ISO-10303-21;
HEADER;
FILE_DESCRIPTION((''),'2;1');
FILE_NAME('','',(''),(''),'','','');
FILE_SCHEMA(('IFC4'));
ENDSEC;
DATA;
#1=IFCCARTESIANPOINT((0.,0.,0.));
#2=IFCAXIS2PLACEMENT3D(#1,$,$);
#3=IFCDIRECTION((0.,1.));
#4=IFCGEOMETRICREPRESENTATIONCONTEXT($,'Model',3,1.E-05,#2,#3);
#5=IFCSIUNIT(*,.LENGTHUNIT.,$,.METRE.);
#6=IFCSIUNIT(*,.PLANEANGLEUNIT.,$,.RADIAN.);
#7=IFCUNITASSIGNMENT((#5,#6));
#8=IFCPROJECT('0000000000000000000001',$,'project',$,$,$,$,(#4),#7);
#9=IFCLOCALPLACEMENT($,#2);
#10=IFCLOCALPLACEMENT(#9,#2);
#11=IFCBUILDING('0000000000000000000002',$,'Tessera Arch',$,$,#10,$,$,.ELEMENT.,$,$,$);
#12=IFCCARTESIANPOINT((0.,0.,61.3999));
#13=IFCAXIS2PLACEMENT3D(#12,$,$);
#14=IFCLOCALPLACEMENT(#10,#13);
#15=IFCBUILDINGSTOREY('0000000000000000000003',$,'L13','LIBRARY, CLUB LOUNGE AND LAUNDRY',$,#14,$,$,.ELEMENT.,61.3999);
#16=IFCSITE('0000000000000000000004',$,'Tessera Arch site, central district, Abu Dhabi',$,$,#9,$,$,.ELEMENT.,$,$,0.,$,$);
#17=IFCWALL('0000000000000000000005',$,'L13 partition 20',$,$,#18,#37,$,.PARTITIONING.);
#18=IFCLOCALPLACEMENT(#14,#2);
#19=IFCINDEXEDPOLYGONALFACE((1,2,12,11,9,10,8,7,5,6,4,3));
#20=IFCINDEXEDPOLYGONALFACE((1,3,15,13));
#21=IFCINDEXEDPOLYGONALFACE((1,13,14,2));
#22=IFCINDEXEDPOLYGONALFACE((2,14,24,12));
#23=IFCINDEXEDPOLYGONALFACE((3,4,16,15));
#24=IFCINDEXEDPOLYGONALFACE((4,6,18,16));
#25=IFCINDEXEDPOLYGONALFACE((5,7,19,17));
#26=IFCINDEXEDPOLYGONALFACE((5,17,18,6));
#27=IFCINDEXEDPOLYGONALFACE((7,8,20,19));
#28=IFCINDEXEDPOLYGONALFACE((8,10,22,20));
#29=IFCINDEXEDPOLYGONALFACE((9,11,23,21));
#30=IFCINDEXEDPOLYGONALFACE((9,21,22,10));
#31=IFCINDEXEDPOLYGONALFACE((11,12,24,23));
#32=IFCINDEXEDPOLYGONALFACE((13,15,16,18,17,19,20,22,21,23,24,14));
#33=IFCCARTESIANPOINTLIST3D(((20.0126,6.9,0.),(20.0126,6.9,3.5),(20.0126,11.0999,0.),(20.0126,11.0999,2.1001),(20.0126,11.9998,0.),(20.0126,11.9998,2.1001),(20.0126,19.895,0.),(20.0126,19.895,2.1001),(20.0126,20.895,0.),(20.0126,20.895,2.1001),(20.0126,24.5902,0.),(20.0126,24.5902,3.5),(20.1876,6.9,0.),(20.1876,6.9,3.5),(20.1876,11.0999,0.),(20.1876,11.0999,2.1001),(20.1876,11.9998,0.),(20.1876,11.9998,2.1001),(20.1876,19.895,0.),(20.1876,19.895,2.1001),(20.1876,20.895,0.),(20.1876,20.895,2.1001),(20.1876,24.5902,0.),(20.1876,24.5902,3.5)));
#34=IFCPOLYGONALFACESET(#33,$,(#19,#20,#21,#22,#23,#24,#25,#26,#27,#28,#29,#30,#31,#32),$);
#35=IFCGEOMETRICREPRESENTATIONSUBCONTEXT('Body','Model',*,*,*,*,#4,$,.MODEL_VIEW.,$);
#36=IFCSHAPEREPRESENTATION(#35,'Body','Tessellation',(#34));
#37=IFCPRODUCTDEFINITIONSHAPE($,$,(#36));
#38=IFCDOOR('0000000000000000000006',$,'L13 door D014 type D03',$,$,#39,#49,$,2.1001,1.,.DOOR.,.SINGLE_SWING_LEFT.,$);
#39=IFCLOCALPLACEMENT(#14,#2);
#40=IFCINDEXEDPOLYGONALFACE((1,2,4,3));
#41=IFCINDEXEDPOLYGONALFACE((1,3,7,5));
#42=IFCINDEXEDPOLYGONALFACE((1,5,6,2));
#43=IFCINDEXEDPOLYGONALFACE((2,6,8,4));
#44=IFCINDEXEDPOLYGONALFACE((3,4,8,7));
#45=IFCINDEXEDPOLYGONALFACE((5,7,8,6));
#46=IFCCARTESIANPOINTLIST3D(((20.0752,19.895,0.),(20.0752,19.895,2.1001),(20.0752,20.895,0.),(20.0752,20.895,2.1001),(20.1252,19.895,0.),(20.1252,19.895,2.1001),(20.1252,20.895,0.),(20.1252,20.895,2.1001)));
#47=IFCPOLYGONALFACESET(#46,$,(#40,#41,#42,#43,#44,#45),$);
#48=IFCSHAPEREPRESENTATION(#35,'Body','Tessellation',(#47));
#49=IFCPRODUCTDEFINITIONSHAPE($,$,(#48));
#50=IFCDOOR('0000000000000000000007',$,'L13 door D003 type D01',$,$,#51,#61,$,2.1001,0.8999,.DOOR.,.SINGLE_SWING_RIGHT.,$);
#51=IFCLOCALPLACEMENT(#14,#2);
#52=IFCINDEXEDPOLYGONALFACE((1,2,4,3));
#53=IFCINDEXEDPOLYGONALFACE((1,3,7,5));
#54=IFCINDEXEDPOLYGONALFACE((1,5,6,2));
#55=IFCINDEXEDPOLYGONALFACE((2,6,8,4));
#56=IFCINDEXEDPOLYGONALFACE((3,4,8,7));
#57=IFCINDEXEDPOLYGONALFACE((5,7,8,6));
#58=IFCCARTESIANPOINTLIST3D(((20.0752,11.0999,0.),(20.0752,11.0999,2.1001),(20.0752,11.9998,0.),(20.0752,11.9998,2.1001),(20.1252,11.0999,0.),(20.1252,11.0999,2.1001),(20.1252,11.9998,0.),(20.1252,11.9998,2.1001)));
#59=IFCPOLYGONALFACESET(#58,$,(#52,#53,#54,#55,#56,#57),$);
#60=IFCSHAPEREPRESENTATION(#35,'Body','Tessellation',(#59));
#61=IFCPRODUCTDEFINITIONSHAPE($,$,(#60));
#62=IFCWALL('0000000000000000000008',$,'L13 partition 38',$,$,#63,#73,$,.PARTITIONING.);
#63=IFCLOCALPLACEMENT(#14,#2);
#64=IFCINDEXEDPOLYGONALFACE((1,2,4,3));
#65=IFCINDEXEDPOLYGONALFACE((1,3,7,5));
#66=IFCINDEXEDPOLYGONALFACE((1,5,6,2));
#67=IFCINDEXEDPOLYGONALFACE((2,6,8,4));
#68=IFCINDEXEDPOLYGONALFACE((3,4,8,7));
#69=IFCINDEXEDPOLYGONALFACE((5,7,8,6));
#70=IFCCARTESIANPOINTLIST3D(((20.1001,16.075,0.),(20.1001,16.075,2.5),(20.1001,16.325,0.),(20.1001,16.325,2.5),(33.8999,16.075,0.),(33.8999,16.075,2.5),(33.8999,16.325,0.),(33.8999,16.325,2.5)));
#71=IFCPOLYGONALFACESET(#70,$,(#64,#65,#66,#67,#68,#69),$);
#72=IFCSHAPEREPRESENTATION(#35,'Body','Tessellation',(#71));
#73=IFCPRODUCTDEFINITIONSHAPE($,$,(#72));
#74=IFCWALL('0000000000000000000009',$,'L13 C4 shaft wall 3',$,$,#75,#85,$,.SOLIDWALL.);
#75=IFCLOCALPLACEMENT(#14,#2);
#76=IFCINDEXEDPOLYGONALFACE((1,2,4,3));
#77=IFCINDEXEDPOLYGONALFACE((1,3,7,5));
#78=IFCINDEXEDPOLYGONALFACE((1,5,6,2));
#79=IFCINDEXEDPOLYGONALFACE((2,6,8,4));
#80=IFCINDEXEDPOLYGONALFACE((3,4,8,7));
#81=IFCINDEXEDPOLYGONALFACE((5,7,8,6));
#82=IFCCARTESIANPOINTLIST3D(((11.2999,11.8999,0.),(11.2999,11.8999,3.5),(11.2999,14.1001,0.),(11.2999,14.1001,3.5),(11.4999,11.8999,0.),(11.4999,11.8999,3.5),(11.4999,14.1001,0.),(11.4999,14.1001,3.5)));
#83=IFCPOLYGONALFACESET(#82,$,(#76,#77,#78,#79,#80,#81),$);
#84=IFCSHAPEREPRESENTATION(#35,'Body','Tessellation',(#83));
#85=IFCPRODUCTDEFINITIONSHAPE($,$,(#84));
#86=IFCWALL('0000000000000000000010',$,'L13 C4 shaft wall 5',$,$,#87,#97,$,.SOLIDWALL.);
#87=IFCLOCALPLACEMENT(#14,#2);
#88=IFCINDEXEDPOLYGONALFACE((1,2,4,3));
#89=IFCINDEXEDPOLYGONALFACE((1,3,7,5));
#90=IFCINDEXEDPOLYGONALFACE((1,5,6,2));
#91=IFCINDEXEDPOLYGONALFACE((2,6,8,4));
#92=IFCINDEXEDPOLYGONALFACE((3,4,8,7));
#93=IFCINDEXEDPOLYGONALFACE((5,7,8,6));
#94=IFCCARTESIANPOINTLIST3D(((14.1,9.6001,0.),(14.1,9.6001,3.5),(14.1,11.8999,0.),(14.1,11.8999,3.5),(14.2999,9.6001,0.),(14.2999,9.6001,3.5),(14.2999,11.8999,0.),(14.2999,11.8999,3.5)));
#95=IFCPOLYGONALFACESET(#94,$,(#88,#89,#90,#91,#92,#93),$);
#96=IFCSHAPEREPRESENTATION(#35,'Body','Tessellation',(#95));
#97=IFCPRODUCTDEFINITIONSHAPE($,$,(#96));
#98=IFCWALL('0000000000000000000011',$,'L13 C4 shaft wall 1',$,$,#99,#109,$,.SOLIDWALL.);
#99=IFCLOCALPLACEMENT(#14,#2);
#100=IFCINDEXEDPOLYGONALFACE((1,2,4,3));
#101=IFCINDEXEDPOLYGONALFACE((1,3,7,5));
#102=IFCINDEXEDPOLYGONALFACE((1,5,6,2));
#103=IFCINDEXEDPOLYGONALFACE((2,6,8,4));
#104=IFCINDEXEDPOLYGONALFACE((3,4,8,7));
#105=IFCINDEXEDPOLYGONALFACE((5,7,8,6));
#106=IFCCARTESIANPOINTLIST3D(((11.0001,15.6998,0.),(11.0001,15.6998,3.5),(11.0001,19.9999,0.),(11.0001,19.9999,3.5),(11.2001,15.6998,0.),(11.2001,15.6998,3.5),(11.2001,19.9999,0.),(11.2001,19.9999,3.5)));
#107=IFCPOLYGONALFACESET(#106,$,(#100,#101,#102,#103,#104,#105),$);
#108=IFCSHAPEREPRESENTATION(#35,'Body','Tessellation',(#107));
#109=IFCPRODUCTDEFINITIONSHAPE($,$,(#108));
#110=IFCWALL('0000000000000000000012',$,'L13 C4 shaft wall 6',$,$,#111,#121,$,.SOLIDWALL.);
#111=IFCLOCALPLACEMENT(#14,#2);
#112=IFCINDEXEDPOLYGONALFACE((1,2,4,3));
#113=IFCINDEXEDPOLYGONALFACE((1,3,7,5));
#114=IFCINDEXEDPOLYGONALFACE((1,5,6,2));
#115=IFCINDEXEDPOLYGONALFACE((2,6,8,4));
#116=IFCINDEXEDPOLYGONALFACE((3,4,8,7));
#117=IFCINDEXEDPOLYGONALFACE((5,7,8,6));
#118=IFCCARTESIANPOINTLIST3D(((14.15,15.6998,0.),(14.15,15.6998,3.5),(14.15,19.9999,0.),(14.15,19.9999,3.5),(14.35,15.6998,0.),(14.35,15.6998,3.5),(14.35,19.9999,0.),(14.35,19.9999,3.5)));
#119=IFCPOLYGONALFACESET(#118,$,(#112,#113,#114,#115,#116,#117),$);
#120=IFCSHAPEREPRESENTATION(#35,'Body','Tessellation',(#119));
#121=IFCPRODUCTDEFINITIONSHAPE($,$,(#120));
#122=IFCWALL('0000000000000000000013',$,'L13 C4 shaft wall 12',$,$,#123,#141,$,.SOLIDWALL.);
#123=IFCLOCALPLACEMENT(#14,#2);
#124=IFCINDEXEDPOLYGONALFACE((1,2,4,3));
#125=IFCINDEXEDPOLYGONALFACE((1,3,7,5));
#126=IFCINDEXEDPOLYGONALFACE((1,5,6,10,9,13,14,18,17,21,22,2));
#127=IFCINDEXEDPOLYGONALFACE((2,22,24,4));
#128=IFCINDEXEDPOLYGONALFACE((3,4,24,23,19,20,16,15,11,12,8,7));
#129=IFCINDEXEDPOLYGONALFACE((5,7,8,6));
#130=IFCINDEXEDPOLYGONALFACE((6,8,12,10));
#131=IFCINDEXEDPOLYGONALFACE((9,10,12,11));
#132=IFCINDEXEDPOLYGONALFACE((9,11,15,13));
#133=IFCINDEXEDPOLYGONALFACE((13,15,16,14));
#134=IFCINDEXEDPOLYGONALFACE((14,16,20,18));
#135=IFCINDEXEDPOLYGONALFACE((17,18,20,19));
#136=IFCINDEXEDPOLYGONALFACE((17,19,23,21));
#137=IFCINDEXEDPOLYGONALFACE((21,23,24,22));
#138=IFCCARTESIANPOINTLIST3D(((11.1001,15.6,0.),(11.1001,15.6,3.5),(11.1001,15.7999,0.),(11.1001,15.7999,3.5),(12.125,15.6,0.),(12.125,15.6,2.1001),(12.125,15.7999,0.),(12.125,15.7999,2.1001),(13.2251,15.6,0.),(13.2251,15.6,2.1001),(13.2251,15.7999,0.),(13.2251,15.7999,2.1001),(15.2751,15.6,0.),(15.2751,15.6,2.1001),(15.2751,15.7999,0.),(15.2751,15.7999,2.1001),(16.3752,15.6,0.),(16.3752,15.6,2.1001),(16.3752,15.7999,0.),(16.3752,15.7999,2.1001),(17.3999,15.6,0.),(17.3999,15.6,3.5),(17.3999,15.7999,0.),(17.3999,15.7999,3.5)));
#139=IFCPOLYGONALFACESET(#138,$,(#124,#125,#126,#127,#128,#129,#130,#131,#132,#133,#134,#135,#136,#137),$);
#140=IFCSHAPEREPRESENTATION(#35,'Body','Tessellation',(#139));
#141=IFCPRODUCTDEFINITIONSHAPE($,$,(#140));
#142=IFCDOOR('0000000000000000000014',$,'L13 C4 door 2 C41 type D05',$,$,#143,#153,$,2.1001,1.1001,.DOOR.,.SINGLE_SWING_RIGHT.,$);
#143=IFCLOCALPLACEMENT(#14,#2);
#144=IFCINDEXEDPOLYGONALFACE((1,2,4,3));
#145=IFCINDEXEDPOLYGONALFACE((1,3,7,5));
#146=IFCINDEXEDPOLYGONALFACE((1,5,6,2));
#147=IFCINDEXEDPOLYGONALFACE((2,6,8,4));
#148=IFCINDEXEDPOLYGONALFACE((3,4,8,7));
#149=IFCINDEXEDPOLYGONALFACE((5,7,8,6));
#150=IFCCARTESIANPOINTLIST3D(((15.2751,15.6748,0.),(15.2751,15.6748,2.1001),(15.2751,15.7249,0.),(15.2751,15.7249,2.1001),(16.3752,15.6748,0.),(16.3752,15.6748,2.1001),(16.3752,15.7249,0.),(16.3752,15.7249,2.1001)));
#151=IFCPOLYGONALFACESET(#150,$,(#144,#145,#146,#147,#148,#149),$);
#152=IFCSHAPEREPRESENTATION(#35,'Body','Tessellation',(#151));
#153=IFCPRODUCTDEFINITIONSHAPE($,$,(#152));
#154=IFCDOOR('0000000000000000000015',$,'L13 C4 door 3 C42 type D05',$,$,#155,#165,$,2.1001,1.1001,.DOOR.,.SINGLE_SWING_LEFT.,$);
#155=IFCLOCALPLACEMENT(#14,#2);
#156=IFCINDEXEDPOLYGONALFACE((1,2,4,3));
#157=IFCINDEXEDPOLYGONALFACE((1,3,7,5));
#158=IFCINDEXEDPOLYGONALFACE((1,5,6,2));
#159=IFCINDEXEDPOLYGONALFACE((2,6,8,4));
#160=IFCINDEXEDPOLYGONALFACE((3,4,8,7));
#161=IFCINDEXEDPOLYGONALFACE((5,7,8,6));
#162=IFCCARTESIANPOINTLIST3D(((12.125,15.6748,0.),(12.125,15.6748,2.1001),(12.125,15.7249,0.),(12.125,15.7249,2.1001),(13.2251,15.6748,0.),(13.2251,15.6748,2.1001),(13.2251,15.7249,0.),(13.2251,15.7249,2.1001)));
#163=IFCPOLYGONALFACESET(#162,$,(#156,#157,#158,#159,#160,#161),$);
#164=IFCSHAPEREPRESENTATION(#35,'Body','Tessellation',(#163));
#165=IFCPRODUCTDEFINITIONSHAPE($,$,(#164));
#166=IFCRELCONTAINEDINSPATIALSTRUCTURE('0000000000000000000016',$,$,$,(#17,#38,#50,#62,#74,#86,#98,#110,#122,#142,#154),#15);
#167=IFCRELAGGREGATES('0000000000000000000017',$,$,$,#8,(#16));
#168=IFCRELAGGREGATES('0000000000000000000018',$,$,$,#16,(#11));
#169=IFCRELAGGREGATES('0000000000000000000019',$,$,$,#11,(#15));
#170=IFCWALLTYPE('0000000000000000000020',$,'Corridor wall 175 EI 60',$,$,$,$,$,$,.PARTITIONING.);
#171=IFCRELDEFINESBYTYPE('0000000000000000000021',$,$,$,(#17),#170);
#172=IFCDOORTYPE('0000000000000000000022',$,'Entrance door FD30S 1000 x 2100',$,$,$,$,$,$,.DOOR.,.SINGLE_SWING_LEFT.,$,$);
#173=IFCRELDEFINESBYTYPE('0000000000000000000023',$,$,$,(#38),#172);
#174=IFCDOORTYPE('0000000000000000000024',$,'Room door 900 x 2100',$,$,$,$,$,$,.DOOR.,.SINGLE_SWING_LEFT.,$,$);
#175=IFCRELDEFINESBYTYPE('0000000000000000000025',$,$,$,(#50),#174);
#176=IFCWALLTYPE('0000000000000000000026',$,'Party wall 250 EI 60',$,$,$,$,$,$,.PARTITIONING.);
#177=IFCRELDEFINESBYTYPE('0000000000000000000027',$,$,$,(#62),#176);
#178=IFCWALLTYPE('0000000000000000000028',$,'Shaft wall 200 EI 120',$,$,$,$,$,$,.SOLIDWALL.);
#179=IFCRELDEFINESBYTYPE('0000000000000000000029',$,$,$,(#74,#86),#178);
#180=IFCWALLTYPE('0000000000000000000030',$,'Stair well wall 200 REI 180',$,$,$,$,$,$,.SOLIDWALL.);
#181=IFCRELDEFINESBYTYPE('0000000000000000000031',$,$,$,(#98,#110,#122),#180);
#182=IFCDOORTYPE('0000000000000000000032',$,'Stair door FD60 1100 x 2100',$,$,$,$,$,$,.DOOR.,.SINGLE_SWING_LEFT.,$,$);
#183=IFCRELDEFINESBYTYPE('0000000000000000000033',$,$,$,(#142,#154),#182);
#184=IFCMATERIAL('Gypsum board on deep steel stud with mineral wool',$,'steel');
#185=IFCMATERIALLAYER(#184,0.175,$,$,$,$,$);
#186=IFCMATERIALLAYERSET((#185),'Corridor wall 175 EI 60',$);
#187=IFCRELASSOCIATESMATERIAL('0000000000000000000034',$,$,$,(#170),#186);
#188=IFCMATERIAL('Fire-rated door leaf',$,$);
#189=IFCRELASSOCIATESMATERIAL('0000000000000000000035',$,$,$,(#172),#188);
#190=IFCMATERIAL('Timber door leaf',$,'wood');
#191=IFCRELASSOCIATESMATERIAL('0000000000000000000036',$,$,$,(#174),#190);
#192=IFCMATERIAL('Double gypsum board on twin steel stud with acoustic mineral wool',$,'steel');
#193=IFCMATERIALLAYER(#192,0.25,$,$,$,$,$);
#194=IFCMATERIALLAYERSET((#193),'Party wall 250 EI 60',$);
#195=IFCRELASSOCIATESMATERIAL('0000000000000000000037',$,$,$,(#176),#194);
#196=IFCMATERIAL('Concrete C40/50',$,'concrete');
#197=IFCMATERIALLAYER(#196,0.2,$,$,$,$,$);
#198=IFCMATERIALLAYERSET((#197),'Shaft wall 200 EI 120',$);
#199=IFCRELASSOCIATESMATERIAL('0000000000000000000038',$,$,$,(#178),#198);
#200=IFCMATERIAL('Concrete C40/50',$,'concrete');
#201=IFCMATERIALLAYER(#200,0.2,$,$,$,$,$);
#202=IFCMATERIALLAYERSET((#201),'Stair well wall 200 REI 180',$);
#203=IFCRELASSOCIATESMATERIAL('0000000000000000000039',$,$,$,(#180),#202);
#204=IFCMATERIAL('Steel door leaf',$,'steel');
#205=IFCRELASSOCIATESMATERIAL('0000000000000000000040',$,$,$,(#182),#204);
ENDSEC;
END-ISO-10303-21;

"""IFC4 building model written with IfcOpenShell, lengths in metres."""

from ifc_helpers import new_model, si_unit, direction, frame, frame_2d, origin, place, context, subcontext, project, spatial, rectangle, extrude, material, layer, layer_set, type_object, element, fill, save


model = new_model("IFC4")

# Units and contexts
model_context = context("Model", 3, precision=1e-05, world=origin(), true_north=direction((0.0, 1.0)))
body_context = subcontext(model_context, "Body", "Model", "MODEL_VIEW")
ifc_project = project(units=[si_unit("LENGTHUNIT", "METRE"), si_unit("PLANEANGLEUNIT", "RADIAN")], contexts=[model_context])

# Site, building, storey
site_placement = place(None, origin())
site = spatial("IfcSite", under=ifc_project, at=site_placement, Name="Tessera Arch site, central district, Abu Dhabi", CompositionType="ELEMENT", RefElevation=0.0)
building_placement = place(site_placement, origin())
building = spatial("IfcBuilding", under=site, at=building_placement, Name="Tessera Arch", CompositionType="ELEMENT")
storey_placement = place(building_placement, frame((0.0, 0.0, 61.3999)))
storey = spatial("IfcBuildingStorey", under=building, at=storey_placement, Name="L13", Description="LIBRARY, CLUB LOUNGE AND LAUNDRY", CompositionType="ELEMENT", Elevation=61.3999)

# Wall, openings, doors
ifc_material_1 = material(Name="Gypsum board on deep steel stud with mineral wool", Category="steel")
ifc_layer_1 = layer(ifc_material_1, 0.175)
ifc_layer_set_1 = layer_set([ifc_layer_1], Name="Corridor wall 175 EI 60")
wall_type_1 = type_object("IfcWallType", Name="Corridor wall 175 EI 60", PredefinedType="PARTITIONING", material=ifc_layer_set_1)
wall_1_placement = place(storey_placement, frame((20.1001, 6.8999, 0.0), z_axis=(0.0, 0.0, 1.0), x_axis=(0.0, 1.0, 0.0)))
wall_1 = element("IfcWall", 1, at=wall_1_placement, inside=storey, type_object=wall_type_1, Name="L13 partition 20", PredefinedType="PARTITIONING", context=body_context, shape_type="SweptSolid", body=[
    extrude(rectangle(XDim=17.6902, YDim=0.175, at=frame_2d((8.8452, 0.0))), origin(), (0.0, 0.0, 1.0), 3.5),
])
opening_1_placement = place(wall_1_placement, frame((4.2, 0.0, 0.0)))
opening_1 = element("IfcOpeningElement", 2, at=opening_1_placement, cuts=wall_1, PredefinedType="OPENING", context=body_context, shape_type="SweptSolid", body=[
    extrude(rectangle(XDim=0.8999, YDim=2.1001, at=frame_2d((0.45, 1.05))), frame((0.0, 0.0974, 0.0), z_axis=(0.0, -1.0, 0.0), x_axis=(1.0, 0.0, 0.0)), (0.0, 0.0, 1.0), 0.1951),
])
opening_2_placement = place(wall_1_placement, frame((12.9951, 0.0, 0.0)))
opening_2 = element("IfcOpeningElement", 3, at=opening_2_placement, cuts=wall_1, PredefinedType="OPENING", context=body_context, shape_type="SweptSolid", body=[
    extrude(rectangle(XDim=1.0, YDim=2.1001, at=frame_2d((0.5, 1.05))), frame((0.0, 0.0974, 0.0), z_axis=(0.0, -1.0, 0.0), x_axis=(1.0, 0.0, 0.0)), (0.0, 0.0, 1.0), 0.1951),
])
ifc_material_2 = material(Name="Fire-rated door leaf")
door_type_1 = type_object("IfcDoorType", Name="Entrance door FD30S 1000 x 2100", OperationType="SINGLE_SWING_LEFT", PredefinedType="DOOR", material=ifc_material_2)
door_1_placement = place(opening_2_placement, origin())
door_1 = element("IfcDoor", 4, at=door_1_placement, inside=storey, type_object=door_type_1, Name="L13 door D014 type D03", OperationType="SINGLE_SWING_LEFT", OverallHeight=2.1001, OverallWidth=1.0, PredefinedType="DOOR", context=body_context, shape_type="SweptSolid", body=[
    extrude(rectangle(XDim=1.0, YDim=2.1001, at=frame_2d((0.5, 1.05))), frame((0.0, 0.0249, 0.0), z_axis=(0.0, -1.0, 0.0), x_axis=(1.0, 0.0, 0.0)), (0.0, 0.0, 1.0), 0.05),
])
fill(opening_2, door_1)
ifc_material_3 = material(Name="Timber door leaf", Category="wood")
door_type_2 = type_object("IfcDoorType", Name="Room door 900 x 2100", OperationType="SINGLE_SWING_LEFT", PredefinedType="DOOR", material=ifc_material_3)
door_2_placement = place(opening_1_placement, origin())
door_2 = element("IfcDoor", 5, at=door_2_placement, inside=storey, type_object=door_type_2, Name="L13 door D003 type D01", OperationType="SINGLE_SWING_RIGHT", OverallHeight=2.1001, OverallWidth=0.8999, PredefinedType="DOOR", context=body_context, shape_type="SweptSolid", body=[
    extrude(rectangle(XDim=0.8999, YDim=2.1001, at=frame_2d((0.45, 1.05))), frame((0.0, 0.0249, 0.0), z_axis=(0.0, -1.0, 0.0), x_axis=(1.0, 0.0, 0.0)), (0.0, 0.0, 1.0), 0.05),
])
fill(opening_1, door_2)

# Walls
ifc_material_4 = material(Name="Double gypsum board on twin steel stud with acoustic mineral wool", Category="steel")
ifc_layer_2 = layer(ifc_material_4, 0.25)
ifc_layer_set_2 = layer_set([ifc_layer_2], Name="Party wall 250 EI 60")
wall_type_2 = type_object("IfcWallType", Name="Party wall 250 EI 60", PredefinedType="PARTITIONING", material=ifc_layer_set_2)
wall_2_placement = place(storey_placement, frame((20.1001, 16.2, 0.0), z_axis=(0.0, 0.0, 1.0), x_axis=(1.0, 0.0, 0.0)))
element("IfcWall", 6, at=wall_2_placement, inside=storey, type_object=wall_type_2, Name="L13 partition 38", PredefinedType="PARTITIONING", context=body_context, shape_type="SweptSolid", body=[
    extrude(rectangle(XDim=13.7998, YDim=0.25, at=frame_2d((6.8999, 0.0))), origin(), (0.0, 0.0, 1.0), 2.5),
])
ifc_material_5 = material(Name="Concrete C40/50", Category="concrete")
ifc_layer_3 = layer(ifc_material_5, 0.2)
ifc_layer_set_3 = layer_set([ifc_layer_3], Name="Shaft wall 200 EI 120")
wall_type_3 = type_object("IfcWallType", Name="Shaft wall 200 EI 120", PredefinedType="SOLIDWALL", material=ifc_layer_set_3)
wall_3_placement = place(storey_placement, frame((11.3999, 11.8999, 0.0), z_axis=(0.0, 0.0, 1.0), x_axis=(0.0, 1.0, 0.0)))
element("IfcWall", 7, at=wall_3_placement, inside=storey, type_object=wall_type_3, Name="L13 C4 shaft wall 3", PredefinedType="SOLIDWALL", context=body_context, shape_type="SweptSolid", body=[
    extrude(rectangle(XDim=2.2002, YDim=0.2, at=frame_2d((1.1001, 0.0))), origin(), (0.0, 0.0, 1.0), 3.5),
])
wall_4_placement = place(storey_placement, frame((14.2, 9.6001, 0.0), z_axis=(0.0, 0.0, 1.0), x_axis=(0.0, 1.0, 0.0)))
element("IfcWall", 8, at=wall_4_placement, inside=storey, type_object=wall_type_3, Name="L13 C4 shaft wall 5", PredefinedType="SOLIDWALL", context=body_context, shape_type="SweptSolid", body=[
    extrude(rectangle(XDim=2.2998, YDim=0.2, at=frame_2d((1.1499, 0.0))), origin(), (0.0, 0.0, 1.0), 3.5),
])
ifc_material_6 = material(Name="Concrete C40/50", Category="concrete")
ifc_layer_4 = layer(ifc_material_6, 0.2)
ifc_layer_set_4 = layer_set([ifc_layer_4], Name="Stair well wall 200 REI 180")
wall_type_4 = type_object("IfcWallType", Name="Stair well wall 200 REI 180", PredefinedType="SOLIDWALL", material=ifc_layer_set_4)
for number, where, z_axis, x_axis, name in (
    (9, (11.1001, 15.7, 0.0), (0.0, 0.0, 1.0), (0.0, 1.0, 0.0), "L13 C4 shaft wall 1"),
    (10, (14.25, 15.7, 0.0), (0.0, 0.0, 1.0), (0.0, 1.0, 0.0), "L13 C4 shaft wall 6"),
):
    element("IfcWall", number, at=place(storey_placement, frame(where, z_axis=z_axis, x_axis=x_axis)), inside=storey, type_object=wall_type_4, Name=name, PredefinedType="SOLIDWALL", context=body_context, shape_type="SweptSolid", body=[
        extrude(rectangle(XDim=4.3, YDim=0.2, at=frame_2d((2.1499, 0.0))), origin(), (0.0, 0.0, 1.0), 3.5),
    ])

# Wall, openings, doors
wall_5_placement = place(storey_placement, frame((11.1001, 15.7, 0.0), z_axis=(0.0, 0.0, 1.0), x_axis=(1.0, 0.0, 0.0)))
wall_5 = element("IfcWall", 11, at=wall_5_placement, inside=storey, type_object=wall_type_4, Name="L13 C4 shaft wall 12", PredefinedType="SOLIDWALL", context=body_context, shape_type="SweptSolid", body=[
    extrude(rectangle(XDim=6.2998, YDim=0.2, at=frame_2d((3.1499, 0.0))), origin(), (0.0, 0.0, 1.0), 3.5),
])
opening_3_placement = place(wall_5_placement, frame((4.175, 0.0, 0.0)))
opening_3 = element("IfcOpeningElement", 12, at=opening_3_placement, cuts=wall_5, PredefinedType="OPENING", context=body_context, shape_type="SweptSolid", body=[
    extrude(rectangle(XDim=1.1001, YDim=2.1001, at=frame_2d((0.55, 1.05))), frame((0.0, 0.1099, 0.0), z_axis=(0.0, -1.0, 0.0), x_axis=(1.0, 0.0, 0.0)), (0.0, 0.0, 1.0), 0.22),
])
opening_4_placement = place(wall_5_placement, frame((1.0249, 0.0, 0.0)))
opening_4 = element("IfcOpeningElement", 13, at=opening_4_placement, cuts=wall_5, PredefinedType="OPENING", context=body_context, shape_type="SweptSolid", body=[
    extrude(rectangle(XDim=1.1001, YDim=2.1001, at=frame_2d((0.55, 1.05))), frame((0.0, 0.1099, 0.0), z_axis=(0.0, -1.0, 0.0), x_axis=(1.0, 0.0, 0.0)), (0.0, 0.0, 1.0), 0.22),
])
ifc_material_7 = material(Name="Steel door leaf", Category="steel")
door_type_3 = type_object("IfcDoorType", Name="Stair door FD60 1100 x 2100", OperationType="SINGLE_SWING_LEFT", PredefinedType="DOOR", material=ifc_material_7)
door_3_placement = place(opening_3_placement, origin())
door_3 = element("IfcDoor", 14, at=door_3_placement, inside=storey, type_object=door_type_3, Name="L13 C4 door 2 C41 type D05", OperationType="SINGLE_SWING_RIGHT", OverallHeight=2.1001, OverallWidth=1.1001, PredefinedType="DOOR", context=body_context, shape_type="SweptSolid", body=[
    extrude(rectangle(XDim=1.1001, YDim=2.1001, at=frame_2d((0.55, 1.05))), frame((0.0, 0.0249, 0.0), z_axis=(0.0, -1.0, 0.0), x_axis=(1.0, 0.0, 0.0)), (0.0, 0.0, 1.0), 0.05),
])
fill(opening_3, door_3)
door_4_placement = place(opening_4_placement, origin())
door_4 = element("IfcDoor", 15, at=door_4_placement, inside=storey, type_object=door_type_3, Name="L13 C4 door 3 C42 type D05", OperationType="SINGLE_SWING_LEFT", OverallHeight=2.1001, OverallWidth=1.1001, PredefinedType="DOOR", context=body_context, shape_type="SweptSolid", body=[
    extrude(rectangle(XDim=1.1001, YDim=2.1001, at=frame_2d((0.55, 1.05))), frame((0.0, 0.0249, 0.0), z_axis=(0.0, -1.0, 0.0), x_axis=(1.0, 0.0, 0.0)), (0.0, 0.0, 1.0), 0.05),
])
fill(opening_4, door_4)

save(model, "model.ifc")
